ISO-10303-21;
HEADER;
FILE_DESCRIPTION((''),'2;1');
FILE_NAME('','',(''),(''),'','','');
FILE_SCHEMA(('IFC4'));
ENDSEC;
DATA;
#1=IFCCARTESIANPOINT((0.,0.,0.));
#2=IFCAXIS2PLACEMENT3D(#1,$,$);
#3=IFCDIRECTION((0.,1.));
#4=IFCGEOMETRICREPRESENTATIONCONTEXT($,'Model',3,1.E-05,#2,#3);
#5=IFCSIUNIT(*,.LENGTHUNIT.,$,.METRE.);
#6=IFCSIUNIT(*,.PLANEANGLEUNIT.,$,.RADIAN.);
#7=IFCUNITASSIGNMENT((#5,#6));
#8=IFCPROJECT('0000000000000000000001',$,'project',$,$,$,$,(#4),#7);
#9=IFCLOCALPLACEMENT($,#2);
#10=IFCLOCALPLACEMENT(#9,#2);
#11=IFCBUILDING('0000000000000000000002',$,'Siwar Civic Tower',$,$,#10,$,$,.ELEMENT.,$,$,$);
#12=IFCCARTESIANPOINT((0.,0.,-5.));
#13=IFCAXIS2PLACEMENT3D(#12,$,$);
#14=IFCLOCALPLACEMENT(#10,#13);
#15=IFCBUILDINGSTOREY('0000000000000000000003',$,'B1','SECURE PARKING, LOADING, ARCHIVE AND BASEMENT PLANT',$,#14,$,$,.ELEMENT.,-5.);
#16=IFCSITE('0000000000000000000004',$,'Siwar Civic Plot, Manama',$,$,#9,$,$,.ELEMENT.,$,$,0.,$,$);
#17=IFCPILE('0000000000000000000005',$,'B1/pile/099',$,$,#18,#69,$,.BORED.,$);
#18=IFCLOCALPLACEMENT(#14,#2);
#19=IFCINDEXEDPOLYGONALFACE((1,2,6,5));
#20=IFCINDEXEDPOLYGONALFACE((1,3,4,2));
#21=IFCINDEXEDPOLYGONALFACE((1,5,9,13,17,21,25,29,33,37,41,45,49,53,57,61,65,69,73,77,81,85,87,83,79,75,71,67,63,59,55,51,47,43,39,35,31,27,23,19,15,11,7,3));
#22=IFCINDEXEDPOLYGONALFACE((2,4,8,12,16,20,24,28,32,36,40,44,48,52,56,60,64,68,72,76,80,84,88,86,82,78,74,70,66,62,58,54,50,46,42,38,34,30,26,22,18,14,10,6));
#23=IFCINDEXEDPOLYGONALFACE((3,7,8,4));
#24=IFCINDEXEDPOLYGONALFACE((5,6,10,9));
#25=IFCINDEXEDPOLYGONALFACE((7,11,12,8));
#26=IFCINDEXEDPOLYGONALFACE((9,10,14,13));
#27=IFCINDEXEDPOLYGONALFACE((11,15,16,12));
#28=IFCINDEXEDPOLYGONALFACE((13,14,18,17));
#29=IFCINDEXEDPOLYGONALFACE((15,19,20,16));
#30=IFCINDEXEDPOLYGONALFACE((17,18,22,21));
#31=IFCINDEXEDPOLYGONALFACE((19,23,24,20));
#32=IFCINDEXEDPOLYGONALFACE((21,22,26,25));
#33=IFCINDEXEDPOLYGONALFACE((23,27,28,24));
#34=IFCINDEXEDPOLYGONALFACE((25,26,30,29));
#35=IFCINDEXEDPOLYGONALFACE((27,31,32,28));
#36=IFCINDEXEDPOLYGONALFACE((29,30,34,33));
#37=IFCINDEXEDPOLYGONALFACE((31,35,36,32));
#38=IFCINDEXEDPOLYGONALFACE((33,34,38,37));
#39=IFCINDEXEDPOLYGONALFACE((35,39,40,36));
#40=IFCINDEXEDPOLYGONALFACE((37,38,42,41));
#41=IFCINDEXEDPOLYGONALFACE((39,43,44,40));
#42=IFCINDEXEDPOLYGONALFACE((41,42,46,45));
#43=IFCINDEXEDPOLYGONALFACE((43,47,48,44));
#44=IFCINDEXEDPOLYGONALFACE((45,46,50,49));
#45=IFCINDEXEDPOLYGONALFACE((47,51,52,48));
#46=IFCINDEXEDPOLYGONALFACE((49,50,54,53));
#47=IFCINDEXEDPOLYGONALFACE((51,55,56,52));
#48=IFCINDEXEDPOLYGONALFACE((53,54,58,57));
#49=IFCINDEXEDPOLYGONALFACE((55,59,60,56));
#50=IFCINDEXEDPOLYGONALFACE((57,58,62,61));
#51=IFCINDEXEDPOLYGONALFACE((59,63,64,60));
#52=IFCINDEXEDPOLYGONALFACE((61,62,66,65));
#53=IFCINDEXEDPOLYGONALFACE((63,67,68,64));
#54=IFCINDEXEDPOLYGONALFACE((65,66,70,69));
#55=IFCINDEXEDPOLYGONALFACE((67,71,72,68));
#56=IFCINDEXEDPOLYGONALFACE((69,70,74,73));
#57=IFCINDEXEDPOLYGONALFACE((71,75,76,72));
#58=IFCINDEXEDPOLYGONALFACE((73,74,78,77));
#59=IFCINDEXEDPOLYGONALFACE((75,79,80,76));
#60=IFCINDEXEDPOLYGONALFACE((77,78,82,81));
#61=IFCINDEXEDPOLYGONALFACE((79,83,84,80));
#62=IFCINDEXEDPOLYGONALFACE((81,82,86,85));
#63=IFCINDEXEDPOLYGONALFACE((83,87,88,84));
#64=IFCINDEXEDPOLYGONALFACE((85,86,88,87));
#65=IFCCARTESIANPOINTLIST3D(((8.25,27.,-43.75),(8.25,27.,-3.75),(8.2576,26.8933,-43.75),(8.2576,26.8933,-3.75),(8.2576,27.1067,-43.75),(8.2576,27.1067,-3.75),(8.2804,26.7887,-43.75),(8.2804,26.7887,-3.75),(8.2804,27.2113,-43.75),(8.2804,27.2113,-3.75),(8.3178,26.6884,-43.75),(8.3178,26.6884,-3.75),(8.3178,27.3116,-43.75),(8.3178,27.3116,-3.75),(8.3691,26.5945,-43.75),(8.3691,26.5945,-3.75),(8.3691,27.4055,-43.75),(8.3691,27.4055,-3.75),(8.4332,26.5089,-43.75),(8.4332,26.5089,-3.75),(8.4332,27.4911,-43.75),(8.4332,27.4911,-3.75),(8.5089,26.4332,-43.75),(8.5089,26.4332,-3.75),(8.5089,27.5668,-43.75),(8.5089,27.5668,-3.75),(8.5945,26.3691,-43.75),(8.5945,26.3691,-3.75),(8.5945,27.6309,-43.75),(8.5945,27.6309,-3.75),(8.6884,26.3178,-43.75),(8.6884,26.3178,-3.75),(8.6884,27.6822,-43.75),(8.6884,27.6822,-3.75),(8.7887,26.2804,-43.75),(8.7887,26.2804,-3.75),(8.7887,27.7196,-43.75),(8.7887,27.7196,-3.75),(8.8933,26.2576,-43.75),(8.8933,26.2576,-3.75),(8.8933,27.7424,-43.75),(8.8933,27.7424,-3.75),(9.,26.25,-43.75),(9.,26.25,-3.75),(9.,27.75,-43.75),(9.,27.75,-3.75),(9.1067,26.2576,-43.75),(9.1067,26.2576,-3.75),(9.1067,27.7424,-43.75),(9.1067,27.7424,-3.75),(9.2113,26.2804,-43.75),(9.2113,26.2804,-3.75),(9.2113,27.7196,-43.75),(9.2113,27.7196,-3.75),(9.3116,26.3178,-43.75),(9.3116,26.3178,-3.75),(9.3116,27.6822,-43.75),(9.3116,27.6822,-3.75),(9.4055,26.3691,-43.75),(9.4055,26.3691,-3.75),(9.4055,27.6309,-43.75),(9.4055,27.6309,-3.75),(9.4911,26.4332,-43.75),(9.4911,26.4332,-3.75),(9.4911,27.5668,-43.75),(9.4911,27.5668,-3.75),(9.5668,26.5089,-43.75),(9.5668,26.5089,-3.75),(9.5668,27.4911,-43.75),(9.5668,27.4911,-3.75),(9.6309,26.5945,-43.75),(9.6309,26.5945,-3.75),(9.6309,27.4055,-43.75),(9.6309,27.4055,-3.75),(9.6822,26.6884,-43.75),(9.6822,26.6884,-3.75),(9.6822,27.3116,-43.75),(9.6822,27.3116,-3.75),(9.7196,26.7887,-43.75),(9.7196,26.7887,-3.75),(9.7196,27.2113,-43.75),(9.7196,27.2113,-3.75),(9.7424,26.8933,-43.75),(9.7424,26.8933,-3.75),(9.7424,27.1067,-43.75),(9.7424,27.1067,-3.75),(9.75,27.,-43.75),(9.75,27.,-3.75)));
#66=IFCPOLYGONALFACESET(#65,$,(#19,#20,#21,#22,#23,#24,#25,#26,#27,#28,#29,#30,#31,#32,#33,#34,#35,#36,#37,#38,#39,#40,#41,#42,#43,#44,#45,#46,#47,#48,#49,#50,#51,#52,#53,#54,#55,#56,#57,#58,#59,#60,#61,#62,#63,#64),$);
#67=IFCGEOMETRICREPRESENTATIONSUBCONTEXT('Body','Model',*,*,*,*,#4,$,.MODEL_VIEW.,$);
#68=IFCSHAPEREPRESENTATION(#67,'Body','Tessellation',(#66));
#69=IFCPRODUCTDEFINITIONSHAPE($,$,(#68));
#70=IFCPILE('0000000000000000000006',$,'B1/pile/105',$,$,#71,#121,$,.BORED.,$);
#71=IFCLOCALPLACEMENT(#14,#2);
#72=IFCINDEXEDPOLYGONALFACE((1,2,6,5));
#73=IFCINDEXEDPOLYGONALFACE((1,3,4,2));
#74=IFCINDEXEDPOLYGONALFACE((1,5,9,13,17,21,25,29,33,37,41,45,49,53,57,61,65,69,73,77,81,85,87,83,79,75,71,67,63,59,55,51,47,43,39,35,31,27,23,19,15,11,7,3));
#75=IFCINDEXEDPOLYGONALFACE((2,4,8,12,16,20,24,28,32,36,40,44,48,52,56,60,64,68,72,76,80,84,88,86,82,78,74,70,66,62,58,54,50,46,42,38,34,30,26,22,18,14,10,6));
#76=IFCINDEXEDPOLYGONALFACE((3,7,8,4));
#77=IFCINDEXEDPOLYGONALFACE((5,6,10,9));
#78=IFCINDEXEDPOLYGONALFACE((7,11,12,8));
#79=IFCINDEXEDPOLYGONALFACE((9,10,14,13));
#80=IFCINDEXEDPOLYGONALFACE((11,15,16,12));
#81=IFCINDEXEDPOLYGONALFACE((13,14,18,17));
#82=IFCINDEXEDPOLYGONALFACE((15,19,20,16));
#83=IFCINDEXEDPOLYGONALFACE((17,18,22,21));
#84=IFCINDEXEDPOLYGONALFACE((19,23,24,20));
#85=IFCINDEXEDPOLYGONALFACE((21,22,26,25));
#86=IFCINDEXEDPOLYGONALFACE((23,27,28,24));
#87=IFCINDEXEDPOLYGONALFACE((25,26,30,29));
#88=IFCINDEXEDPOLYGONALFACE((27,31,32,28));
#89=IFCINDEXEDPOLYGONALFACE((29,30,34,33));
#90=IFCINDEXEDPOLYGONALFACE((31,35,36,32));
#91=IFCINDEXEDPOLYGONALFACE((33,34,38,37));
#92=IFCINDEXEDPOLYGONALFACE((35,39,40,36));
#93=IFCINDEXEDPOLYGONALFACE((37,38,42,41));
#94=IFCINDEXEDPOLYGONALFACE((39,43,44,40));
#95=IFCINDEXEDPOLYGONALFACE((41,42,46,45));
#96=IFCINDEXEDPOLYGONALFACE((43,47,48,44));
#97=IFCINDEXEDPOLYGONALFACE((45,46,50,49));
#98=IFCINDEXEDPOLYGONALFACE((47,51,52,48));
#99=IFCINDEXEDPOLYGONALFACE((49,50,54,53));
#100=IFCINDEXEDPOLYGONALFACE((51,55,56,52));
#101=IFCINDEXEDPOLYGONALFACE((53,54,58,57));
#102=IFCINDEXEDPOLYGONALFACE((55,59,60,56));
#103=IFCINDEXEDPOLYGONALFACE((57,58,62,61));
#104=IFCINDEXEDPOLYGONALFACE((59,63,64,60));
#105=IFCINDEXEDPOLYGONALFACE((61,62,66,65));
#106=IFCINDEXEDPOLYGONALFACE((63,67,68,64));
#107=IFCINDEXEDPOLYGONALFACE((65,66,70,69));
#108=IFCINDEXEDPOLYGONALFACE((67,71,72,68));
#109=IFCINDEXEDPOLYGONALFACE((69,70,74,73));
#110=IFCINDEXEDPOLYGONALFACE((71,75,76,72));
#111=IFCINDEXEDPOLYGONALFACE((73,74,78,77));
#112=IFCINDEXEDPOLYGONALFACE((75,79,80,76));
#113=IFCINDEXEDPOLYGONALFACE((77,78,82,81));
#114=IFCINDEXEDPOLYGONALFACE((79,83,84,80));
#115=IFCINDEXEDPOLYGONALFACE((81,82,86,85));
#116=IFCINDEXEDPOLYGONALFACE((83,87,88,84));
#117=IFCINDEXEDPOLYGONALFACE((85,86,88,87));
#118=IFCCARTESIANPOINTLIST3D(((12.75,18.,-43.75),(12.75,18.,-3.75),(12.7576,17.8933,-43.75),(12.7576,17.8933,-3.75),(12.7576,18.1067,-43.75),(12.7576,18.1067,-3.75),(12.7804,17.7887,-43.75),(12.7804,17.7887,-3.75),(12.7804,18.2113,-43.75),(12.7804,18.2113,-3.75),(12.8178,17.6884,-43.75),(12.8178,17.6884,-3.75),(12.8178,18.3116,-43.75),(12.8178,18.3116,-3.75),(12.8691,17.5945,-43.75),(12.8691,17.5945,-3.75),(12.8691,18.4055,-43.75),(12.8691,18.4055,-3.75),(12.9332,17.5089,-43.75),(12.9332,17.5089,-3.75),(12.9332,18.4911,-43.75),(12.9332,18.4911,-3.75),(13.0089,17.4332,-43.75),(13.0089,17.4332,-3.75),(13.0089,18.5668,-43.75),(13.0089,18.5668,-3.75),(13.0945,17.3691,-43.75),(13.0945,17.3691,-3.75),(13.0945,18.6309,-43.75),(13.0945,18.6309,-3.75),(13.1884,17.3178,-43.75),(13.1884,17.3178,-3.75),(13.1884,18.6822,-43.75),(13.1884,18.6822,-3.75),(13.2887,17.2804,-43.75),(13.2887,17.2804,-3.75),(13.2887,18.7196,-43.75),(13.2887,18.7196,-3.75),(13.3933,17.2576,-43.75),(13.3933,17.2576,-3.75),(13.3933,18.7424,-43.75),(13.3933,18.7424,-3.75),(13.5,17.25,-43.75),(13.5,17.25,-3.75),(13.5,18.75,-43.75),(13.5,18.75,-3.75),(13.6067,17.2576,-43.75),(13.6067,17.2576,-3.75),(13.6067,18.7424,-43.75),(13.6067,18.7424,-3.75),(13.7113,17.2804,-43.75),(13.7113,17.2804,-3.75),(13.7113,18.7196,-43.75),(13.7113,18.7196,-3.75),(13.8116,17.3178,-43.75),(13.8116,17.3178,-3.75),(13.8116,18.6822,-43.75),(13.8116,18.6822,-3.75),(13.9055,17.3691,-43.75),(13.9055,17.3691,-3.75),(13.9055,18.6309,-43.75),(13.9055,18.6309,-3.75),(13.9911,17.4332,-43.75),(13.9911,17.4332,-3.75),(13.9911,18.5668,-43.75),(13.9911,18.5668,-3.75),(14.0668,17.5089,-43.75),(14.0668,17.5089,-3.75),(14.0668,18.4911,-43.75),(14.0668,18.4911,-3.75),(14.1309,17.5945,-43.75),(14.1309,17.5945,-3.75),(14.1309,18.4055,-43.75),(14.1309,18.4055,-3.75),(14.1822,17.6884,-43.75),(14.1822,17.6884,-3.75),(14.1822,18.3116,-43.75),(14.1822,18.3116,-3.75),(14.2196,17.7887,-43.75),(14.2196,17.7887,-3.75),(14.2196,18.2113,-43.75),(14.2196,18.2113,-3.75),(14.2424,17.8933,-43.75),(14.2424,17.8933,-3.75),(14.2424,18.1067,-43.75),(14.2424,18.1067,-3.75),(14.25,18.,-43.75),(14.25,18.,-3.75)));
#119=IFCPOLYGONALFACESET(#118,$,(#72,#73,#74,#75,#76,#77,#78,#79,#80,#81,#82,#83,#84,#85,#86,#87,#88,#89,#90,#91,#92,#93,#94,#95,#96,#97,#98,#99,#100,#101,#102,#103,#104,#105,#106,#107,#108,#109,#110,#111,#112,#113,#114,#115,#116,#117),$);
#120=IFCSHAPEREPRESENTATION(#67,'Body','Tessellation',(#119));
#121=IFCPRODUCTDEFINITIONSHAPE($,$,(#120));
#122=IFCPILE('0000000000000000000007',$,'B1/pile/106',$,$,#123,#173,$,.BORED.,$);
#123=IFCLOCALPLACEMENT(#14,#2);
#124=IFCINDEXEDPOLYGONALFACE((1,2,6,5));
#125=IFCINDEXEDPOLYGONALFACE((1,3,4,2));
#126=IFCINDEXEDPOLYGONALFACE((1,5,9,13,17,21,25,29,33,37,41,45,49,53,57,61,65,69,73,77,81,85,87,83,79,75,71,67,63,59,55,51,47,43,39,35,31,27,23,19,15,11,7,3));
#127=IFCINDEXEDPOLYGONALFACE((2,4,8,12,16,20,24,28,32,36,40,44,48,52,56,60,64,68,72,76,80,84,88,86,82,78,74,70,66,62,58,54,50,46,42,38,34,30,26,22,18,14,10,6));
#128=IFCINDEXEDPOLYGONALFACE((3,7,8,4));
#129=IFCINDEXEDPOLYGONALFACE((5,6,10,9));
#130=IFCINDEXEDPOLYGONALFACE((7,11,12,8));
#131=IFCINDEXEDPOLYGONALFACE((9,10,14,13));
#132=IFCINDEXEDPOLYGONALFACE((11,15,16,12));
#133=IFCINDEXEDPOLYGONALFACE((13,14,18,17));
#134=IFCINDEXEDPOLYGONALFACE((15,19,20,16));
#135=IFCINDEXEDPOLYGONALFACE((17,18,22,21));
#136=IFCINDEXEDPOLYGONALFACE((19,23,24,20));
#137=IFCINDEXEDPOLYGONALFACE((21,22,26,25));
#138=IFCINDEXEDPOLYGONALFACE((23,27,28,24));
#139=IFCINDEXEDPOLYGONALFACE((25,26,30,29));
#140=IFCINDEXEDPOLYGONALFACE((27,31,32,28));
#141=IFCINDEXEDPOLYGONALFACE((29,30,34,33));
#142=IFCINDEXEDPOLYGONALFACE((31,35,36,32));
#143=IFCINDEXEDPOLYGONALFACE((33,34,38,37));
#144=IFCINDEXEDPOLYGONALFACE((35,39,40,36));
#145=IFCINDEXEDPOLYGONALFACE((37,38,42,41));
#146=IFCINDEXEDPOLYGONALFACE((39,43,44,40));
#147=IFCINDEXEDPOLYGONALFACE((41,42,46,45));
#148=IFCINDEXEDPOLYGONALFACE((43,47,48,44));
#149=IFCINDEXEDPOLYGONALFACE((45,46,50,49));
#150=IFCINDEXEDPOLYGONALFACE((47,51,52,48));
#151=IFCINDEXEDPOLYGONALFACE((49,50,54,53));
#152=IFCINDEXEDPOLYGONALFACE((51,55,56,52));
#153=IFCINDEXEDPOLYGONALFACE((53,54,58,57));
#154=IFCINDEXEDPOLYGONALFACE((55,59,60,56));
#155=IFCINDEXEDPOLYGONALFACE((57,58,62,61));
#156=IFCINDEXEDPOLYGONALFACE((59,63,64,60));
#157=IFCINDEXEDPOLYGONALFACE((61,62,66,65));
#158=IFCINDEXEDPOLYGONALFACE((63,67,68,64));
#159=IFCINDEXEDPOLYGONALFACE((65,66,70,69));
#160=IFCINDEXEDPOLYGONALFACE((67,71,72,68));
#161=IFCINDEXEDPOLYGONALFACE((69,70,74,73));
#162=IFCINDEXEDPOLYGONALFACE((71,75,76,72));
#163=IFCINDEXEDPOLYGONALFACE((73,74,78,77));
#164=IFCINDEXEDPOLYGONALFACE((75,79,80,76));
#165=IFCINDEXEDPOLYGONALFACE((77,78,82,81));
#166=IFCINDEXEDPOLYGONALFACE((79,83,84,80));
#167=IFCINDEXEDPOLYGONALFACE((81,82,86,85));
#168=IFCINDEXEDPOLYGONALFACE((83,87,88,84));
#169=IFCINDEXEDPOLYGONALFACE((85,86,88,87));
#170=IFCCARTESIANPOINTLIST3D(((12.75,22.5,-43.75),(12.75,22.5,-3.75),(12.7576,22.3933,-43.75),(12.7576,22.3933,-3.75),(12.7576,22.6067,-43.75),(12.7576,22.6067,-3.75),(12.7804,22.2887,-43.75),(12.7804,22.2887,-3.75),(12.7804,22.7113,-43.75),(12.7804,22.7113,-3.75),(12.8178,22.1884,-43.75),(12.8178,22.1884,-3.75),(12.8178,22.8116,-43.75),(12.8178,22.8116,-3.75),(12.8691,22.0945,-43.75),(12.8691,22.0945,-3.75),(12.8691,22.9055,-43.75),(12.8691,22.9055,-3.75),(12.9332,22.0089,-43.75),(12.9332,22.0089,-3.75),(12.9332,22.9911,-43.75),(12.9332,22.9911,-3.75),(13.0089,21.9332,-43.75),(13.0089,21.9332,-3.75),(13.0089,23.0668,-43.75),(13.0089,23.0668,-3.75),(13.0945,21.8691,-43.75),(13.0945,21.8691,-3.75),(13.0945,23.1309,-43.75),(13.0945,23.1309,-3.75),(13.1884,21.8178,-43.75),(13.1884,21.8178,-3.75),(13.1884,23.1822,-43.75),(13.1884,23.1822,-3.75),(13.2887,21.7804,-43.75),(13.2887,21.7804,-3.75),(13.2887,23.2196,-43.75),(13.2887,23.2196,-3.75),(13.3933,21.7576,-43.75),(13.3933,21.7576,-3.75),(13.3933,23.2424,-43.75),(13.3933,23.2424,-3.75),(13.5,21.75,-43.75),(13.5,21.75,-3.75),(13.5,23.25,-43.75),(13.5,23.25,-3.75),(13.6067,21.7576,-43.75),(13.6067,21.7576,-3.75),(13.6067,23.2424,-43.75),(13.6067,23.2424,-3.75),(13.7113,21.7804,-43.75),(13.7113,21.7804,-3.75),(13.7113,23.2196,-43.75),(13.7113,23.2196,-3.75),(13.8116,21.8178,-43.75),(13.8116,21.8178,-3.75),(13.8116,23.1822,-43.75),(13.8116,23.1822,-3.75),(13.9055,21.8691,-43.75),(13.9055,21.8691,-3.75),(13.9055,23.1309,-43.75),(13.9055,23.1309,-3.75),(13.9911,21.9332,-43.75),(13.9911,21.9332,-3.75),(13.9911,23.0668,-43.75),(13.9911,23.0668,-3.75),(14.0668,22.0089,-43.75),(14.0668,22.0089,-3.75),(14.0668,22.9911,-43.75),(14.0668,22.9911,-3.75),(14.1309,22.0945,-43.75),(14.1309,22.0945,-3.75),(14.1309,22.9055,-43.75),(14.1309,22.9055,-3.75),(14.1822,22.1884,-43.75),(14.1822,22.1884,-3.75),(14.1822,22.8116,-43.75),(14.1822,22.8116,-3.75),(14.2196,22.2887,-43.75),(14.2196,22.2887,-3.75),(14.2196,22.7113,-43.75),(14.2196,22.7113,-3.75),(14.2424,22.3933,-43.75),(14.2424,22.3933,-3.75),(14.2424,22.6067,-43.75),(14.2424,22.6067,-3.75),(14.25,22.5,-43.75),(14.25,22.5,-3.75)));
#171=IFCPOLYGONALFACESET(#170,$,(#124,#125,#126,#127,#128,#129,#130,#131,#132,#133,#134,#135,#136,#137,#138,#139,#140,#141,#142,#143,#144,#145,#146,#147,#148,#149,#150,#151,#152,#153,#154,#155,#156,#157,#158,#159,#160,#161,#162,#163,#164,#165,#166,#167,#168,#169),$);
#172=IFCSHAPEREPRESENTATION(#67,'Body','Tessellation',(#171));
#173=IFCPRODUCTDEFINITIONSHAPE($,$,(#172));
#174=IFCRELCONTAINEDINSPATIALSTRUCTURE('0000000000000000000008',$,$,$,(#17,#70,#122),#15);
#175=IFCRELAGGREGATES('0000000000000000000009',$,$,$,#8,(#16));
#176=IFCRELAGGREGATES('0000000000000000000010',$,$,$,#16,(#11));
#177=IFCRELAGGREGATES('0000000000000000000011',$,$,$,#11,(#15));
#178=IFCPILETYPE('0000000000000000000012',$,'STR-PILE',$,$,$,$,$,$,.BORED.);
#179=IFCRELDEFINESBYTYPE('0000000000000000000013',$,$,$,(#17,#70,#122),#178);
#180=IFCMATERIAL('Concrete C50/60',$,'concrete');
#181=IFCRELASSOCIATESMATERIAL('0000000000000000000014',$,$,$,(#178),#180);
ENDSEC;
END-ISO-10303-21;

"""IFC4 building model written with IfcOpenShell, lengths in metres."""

from ifc_helpers import new_model, si_unit, direction, frame, origin, origin_2d, place, context, subcontext, project, spatial, circle, extrude, material, material_profile, profile_set, type_object, element, save


model = new_model("IFC4")

# Units and contexts
model_context = context("Model", 3, precision=1e-05, world=origin(), true_north=direction((0.0, 1.0)))
body_context = subcontext(model_context, "Body", "Model", "MODEL_VIEW")
ifc_project = project(units=[si_unit("LENGTHUNIT", "METRE"), si_unit("PLANEANGLEUNIT", "RADIAN")], contexts=[model_context])

# Site, building, storey
site_placement = place(None, origin())
site = spatial("IfcSite", under=ifc_project, at=site_placement, Name="Siwar Civic Plot, Manama", CompositionType="ELEMENT", RefElevation=0.0)
building_placement = place(site_placement, origin())
building = spatial("IfcBuilding", under=site, at=building_placement, Name="Siwar Civic Tower", CompositionType="ELEMENT")
storey_placement = place(building_placement, frame((0.0, 0.0, -5.0)))
storey = spatial("IfcBuildingStorey", under=building, at=storey_placement, Name="B1", Description="SECURE PARKING, LOADING, ARCHIVE AND BASEMENT PLANT", CompositionType="ELEMENT", Elevation=-5.0)

# Piles
ifc_material_1 = material(Name="Concrete C50/60", Category="concrete")
ifc_material_profile_1 = material_profile(ifc_material_1, circle(Radius=0.75, at=origin_2d()), Name="PILE1500")
ifc_profile_set_1 = profile_set([ifc_material_profile_1], Name="Concrete C50/60")
pile_type = type_object("IfcPileType", Name="STR-PILE", PredefinedType="BORED", material=ifc_profile_set_1)
for number, where, z_axis, x_axis, name in (
    (1, (9.0, 27.0, -3.75), (0.0, 0.0, -1.0), (1.0, 0.0, 0.0), "B1/pile/099"),
    (2, (13.5, 18.0, -3.75), (0.0, 0.0, -1.0), (1.0, 0.0, 0.0), "B1/pile/105"),
    (3, (13.5, 22.5, -3.75), (0.0, 0.0, -1.0), (1.0, 0.0, 0.0), "B1/pile/106"),
):
    element("IfcPile", number, at=place(storey_placement, frame(where, z_axis=z_axis, x_axis=x_axis)), inside=storey, type_object=pile_type, Name=name, PredefinedType="BORED", context=body_context, shape_type="SweptSolid", body=[
        extrude(circle(Radius=0.75, at=origin_2d()), origin(), (0.0, 0.0, 1.0), 40.0),
    ])

save(model, "model.ifc")
